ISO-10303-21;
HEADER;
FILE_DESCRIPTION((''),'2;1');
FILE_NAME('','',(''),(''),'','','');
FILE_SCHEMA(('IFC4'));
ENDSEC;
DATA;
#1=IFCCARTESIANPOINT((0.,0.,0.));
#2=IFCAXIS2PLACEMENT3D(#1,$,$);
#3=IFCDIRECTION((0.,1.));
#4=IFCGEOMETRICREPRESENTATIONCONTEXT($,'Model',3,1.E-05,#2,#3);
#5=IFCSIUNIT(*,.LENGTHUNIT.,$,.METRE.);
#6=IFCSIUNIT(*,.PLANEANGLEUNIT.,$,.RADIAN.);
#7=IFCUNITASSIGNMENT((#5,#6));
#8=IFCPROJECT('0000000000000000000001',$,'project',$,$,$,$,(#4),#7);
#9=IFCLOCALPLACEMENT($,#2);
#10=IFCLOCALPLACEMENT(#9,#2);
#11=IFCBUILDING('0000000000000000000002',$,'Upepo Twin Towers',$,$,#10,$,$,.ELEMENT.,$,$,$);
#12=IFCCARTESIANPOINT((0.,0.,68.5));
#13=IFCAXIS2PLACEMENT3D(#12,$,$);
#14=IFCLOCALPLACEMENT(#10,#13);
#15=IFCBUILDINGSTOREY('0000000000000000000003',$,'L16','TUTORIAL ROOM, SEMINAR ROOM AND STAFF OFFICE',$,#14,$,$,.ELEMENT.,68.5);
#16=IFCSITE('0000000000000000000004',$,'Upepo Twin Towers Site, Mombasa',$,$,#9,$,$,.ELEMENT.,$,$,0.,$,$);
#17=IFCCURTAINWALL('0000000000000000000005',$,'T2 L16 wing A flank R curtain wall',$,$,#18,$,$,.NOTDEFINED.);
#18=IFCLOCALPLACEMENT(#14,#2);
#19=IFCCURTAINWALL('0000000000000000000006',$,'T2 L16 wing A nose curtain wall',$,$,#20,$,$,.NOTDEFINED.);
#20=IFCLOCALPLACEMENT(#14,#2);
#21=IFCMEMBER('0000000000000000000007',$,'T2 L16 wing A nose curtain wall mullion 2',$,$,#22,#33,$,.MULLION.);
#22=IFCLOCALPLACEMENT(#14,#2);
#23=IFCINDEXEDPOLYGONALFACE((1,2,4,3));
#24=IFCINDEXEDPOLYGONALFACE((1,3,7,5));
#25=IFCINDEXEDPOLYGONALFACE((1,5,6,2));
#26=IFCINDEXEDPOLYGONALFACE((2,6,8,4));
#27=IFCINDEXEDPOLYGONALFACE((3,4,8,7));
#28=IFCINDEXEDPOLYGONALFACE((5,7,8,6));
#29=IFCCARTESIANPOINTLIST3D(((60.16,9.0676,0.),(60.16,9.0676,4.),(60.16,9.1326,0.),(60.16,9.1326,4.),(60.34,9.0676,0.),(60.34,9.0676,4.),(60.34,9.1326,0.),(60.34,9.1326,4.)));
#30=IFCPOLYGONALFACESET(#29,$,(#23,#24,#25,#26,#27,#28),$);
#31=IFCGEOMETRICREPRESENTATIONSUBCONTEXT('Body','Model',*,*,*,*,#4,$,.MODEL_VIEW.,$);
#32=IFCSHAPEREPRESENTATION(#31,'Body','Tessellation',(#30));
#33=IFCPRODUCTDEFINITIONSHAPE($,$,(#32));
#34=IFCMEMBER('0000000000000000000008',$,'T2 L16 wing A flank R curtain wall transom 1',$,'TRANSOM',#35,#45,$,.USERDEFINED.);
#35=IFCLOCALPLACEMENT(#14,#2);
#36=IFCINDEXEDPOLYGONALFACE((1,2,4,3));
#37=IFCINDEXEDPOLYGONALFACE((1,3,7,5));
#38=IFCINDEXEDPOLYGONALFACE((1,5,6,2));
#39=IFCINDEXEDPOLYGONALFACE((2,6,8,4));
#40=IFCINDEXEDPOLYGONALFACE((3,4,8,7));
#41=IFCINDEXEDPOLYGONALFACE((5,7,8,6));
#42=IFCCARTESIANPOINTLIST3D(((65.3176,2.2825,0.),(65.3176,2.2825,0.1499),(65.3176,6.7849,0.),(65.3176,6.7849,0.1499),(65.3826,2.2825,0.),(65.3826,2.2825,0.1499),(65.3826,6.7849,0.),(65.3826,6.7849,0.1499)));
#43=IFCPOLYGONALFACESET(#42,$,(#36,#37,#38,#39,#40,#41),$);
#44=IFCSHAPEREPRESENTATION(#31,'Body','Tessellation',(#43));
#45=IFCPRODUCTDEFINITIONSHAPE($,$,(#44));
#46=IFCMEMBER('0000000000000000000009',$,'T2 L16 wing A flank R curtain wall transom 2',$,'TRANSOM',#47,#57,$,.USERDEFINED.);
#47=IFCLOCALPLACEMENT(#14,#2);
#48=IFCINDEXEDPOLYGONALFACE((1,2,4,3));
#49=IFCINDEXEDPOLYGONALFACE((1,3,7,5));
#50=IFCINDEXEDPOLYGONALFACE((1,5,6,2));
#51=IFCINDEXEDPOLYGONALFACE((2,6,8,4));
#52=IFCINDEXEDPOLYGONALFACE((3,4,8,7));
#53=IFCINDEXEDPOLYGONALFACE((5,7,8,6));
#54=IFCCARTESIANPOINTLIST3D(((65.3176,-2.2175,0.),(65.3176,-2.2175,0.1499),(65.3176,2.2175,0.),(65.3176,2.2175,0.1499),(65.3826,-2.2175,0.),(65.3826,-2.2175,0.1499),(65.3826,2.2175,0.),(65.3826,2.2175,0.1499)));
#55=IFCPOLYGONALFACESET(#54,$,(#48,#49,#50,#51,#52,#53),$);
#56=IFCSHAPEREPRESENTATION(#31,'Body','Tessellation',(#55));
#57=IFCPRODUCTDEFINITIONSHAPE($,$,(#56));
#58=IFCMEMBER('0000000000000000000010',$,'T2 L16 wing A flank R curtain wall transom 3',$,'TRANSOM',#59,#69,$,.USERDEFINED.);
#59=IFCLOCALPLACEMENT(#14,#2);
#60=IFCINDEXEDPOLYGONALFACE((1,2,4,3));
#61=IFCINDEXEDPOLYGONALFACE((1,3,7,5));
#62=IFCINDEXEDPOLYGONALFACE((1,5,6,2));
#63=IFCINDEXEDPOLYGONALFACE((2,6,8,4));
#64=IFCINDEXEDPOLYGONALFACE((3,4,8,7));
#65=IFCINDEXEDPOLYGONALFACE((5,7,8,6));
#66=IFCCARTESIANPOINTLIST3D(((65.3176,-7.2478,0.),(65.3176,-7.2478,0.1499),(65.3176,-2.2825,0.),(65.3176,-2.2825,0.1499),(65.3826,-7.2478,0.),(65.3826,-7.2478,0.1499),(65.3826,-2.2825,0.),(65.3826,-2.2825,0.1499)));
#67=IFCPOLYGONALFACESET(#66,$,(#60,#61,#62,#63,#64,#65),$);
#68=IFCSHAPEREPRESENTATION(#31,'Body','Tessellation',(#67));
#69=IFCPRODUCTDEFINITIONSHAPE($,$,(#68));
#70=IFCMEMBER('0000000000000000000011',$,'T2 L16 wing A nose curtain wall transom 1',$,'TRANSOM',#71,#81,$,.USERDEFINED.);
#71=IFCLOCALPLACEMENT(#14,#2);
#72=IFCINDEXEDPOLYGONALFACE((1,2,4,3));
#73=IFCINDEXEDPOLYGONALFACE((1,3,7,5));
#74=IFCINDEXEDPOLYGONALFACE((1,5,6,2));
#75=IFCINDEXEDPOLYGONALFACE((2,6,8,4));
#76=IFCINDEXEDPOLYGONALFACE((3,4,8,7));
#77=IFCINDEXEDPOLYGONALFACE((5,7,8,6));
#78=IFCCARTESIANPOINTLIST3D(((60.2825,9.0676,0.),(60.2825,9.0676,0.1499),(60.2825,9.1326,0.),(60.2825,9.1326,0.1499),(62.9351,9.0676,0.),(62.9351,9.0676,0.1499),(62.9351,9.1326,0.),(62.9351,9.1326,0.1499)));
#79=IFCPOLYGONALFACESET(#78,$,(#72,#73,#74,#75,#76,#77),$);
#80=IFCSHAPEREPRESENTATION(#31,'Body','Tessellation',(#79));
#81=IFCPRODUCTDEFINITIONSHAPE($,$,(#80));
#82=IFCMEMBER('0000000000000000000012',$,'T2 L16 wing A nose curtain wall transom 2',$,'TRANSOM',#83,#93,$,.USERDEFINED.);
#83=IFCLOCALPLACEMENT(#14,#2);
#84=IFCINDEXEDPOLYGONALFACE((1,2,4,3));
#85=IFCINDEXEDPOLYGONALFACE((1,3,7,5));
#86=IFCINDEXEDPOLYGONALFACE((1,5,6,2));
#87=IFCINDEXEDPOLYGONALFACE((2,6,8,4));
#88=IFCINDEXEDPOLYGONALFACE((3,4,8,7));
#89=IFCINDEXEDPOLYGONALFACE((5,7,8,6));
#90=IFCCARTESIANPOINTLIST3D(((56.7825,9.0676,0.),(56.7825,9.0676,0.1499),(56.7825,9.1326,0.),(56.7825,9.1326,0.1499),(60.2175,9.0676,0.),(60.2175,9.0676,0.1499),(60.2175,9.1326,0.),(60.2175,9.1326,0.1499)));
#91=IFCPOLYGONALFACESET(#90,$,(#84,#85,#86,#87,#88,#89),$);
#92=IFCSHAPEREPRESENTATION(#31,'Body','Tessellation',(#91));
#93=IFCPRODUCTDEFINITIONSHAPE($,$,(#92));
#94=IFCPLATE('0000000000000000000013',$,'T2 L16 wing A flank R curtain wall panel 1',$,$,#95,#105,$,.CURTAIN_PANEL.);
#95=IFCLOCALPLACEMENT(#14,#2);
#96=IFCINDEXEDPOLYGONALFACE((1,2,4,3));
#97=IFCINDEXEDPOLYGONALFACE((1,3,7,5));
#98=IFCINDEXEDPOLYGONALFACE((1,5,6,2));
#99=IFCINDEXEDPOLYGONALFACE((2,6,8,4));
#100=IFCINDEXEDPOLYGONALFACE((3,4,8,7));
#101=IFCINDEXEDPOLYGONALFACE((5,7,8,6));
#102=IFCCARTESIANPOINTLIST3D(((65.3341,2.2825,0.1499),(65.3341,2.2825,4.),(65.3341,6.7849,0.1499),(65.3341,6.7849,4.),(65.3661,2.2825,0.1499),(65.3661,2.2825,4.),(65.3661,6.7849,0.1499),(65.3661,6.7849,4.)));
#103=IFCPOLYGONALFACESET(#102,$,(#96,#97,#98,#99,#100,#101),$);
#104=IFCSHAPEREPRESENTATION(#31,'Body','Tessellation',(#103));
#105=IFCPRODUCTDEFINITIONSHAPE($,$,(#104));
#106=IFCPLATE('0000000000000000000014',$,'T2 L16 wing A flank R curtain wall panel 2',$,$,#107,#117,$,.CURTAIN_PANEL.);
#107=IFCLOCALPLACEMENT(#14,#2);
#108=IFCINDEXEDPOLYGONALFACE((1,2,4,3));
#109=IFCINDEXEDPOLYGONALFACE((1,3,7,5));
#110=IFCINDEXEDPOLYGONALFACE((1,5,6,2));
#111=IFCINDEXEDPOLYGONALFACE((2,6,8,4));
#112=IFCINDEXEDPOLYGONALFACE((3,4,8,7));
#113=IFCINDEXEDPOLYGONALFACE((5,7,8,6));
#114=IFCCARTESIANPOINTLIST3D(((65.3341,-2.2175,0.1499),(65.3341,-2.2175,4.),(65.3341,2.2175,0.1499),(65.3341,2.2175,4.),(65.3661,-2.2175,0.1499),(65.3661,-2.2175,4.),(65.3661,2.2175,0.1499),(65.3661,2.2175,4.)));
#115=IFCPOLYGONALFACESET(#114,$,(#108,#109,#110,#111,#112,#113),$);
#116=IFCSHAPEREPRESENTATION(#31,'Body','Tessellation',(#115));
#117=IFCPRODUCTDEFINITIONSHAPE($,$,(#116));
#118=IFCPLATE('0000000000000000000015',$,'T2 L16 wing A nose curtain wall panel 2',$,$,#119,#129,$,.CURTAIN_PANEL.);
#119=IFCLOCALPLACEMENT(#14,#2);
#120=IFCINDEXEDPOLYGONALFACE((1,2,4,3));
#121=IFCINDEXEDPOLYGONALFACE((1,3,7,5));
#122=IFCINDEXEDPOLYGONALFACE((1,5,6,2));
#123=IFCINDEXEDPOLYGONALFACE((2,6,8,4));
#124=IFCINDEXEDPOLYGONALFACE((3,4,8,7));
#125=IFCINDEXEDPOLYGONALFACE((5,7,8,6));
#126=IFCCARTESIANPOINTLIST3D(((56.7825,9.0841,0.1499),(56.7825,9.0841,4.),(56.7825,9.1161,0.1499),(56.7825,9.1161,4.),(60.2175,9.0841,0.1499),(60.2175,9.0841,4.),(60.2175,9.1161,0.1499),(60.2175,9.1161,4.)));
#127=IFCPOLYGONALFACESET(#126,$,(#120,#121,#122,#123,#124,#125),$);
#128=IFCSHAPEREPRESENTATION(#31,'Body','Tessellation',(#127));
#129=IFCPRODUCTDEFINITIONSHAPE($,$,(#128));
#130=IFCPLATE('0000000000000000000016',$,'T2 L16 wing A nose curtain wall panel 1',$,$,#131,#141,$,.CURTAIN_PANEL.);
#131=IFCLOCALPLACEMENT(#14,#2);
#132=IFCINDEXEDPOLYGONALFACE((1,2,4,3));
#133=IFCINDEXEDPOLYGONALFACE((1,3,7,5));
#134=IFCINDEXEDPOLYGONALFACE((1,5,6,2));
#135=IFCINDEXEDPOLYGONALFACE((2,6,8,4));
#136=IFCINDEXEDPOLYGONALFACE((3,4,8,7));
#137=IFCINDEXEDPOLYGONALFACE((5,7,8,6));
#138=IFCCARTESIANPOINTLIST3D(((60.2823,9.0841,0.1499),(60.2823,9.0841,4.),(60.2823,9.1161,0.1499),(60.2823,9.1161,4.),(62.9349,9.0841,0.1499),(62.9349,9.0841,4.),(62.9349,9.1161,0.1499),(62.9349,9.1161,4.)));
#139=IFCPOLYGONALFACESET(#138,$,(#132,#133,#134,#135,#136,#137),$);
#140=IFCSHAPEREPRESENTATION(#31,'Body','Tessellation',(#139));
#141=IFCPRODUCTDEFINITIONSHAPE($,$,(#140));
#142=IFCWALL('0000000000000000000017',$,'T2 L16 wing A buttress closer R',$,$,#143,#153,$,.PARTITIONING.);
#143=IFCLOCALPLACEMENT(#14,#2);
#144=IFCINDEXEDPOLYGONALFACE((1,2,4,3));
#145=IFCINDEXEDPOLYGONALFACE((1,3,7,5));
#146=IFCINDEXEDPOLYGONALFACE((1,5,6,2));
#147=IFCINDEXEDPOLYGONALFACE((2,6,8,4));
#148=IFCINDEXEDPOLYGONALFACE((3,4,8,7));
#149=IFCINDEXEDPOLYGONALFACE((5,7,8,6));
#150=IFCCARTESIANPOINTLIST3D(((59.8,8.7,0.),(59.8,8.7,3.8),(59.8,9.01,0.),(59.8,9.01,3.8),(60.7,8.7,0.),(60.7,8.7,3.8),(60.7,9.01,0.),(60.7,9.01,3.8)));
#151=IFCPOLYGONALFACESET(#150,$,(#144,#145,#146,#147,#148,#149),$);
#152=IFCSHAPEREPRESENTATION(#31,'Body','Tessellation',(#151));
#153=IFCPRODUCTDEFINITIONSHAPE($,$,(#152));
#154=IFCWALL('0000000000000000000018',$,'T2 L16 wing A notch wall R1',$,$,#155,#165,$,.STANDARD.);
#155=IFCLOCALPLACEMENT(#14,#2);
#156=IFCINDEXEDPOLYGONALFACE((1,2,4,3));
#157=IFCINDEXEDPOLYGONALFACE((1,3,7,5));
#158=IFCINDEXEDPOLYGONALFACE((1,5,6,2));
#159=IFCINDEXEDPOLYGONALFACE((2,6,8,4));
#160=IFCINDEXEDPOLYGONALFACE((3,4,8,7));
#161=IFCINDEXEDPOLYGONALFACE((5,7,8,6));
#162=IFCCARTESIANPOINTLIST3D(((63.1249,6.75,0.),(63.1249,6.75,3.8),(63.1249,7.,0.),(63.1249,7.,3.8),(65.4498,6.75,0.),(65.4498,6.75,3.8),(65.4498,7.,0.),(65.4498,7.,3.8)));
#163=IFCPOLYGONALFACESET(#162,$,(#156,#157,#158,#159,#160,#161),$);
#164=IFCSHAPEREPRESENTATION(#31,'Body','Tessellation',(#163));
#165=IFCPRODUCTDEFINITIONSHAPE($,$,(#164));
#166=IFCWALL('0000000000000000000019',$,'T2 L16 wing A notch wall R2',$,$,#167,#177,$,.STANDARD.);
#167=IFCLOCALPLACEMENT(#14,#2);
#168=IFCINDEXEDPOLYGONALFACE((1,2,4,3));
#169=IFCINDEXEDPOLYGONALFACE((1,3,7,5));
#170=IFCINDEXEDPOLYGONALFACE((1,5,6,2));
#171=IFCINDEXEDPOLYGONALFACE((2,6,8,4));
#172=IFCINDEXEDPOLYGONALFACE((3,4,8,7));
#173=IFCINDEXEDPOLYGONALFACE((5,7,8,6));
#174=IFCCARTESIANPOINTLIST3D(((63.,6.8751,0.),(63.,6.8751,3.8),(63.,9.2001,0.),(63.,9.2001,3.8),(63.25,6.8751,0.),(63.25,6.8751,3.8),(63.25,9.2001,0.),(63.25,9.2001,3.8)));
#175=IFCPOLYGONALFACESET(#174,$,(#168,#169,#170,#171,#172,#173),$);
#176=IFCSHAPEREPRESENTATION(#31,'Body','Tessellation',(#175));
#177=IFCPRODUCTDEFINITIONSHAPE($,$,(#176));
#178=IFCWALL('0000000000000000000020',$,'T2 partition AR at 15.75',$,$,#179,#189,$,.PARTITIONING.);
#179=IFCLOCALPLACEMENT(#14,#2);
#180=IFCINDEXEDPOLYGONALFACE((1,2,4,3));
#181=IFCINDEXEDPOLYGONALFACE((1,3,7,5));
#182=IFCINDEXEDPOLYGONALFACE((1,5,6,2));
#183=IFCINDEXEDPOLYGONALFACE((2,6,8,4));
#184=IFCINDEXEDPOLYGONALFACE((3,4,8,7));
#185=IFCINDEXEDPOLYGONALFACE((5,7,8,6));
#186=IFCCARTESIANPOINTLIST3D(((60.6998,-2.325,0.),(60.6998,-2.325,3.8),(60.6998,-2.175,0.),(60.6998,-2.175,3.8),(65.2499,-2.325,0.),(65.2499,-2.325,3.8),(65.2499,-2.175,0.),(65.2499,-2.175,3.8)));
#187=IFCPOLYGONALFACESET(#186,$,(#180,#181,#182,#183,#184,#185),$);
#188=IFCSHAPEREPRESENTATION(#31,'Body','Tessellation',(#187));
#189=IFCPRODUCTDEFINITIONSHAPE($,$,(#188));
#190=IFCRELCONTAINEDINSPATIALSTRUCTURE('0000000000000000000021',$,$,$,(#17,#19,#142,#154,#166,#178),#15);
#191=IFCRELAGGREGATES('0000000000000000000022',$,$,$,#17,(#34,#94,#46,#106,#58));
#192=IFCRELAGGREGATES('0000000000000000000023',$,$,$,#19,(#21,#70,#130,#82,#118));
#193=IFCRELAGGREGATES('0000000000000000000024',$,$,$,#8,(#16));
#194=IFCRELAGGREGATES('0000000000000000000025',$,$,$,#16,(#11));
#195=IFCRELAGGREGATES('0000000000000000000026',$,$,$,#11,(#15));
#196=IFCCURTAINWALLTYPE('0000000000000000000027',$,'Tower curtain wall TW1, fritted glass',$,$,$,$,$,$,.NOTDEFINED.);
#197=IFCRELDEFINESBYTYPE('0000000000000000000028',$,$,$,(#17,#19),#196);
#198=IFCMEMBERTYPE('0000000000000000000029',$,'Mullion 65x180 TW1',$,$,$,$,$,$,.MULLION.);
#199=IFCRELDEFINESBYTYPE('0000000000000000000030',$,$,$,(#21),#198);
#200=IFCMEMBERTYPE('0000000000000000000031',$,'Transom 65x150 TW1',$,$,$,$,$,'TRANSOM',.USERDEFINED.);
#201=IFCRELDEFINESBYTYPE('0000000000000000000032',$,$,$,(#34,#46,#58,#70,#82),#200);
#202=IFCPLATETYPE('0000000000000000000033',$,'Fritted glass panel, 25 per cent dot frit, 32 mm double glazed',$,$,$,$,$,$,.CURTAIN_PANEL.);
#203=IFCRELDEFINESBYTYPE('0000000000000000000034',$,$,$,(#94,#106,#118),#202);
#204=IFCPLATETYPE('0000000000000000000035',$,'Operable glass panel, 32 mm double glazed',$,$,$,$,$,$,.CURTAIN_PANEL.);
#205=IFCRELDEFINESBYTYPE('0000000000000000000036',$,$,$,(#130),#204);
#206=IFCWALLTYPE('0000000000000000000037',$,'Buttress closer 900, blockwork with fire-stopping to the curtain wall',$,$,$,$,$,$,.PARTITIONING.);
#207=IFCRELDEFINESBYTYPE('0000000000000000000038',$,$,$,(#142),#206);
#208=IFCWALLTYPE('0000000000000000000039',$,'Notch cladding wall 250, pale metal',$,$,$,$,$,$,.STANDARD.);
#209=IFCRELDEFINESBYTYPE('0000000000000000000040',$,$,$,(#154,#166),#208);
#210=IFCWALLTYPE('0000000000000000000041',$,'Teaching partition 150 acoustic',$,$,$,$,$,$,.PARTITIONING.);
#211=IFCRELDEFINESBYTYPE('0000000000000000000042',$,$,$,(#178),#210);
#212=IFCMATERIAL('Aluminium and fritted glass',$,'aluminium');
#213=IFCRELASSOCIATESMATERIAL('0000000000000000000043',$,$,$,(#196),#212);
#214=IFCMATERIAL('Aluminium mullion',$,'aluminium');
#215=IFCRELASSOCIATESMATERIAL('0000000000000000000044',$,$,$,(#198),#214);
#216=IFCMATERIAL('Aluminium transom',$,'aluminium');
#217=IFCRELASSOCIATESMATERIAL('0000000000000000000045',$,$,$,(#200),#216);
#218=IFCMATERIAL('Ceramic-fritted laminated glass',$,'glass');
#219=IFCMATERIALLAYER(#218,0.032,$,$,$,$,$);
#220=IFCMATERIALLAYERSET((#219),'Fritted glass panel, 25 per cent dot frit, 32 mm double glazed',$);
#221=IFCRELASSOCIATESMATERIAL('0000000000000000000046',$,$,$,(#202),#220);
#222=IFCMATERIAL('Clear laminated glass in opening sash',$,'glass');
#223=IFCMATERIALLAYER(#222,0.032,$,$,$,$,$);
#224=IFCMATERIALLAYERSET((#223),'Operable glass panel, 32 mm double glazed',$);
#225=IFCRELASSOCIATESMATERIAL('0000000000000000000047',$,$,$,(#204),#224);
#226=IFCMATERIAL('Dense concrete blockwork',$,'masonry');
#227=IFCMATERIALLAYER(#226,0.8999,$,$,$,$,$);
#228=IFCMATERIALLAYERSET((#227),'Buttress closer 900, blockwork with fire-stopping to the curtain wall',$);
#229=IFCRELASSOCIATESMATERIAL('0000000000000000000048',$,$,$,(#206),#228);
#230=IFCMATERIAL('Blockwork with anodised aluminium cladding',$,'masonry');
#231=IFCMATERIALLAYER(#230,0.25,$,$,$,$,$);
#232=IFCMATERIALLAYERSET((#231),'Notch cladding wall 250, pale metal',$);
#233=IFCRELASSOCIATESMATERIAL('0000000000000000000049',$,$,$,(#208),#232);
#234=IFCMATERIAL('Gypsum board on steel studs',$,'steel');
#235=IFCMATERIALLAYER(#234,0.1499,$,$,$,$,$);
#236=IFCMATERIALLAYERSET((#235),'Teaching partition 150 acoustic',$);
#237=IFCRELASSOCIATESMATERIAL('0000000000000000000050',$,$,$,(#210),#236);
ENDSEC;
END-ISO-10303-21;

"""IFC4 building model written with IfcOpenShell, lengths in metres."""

from ifc_helpers import new_model, si_unit, direction, frame, frame_2d, origin, origin_2d, place, context, subcontext, project, spatial, rectangle, extrude, material, layer, layer_set, material_profile, profile_set, type_object, element, aggregate, save


model = new_model("IFC4")

# Units and contexts
model_context = context("Model", 3, precision=1e-05, world=origin(), true_north=direction((0.0, 1.0)))
body_context = subcontext(model_context, "Body", "Model", "MODEL_VIEW")
ifc_project = project(units=[si_unit("LENGTHUNIT", "METRE"), si_unit("PLANEANGLEUNIT", "RADIAN")], contexts=[model_context])

# Site, building, storey
site_placement = place(None, origin())
site = spatial("IfcSite", under=ifc_project, at=site_placement, Name="Upepo Twin Towers Site, Mombasa", CompositionType="ELEMENT", RefElevation=0.0)
building_placement = place(site_placement, origin())
building = spatial("IfcBuilding", under=site, at=building_placement, Name="Upepo Twin Towers", CompositionType="ELEMENT")
storey_placement = place(building_placement, frame((0.0, 0.0, 68.5)))
storey = spatial("IfcBuildingStorey", under=building, at=storey_placement, Name="L16", Description="TUTORIAL ROOM, SEMINAR ROOM AND STAFF OFFICE", CompositionType="ELEMENT", Elevation=68.5)

# Curtain walls, member
ifc_material_1 = material(Name="Aluminium and fritted glass", Category="aluminium")
curtain_wall_type = type_object("IfcCurtainWallType", Name="Tower curtain wall TW1, fritted glass", PredefinedType="NOTDEFINED", material=ifc_material_1)
curtain_wall_1_placement = place(storey_placement, origin())
curtain_wall_1 = element("IfcCurtainWall", 1, at=curtain_wall_1_placement, inside=storey, type_object=curtain_wall_type, Name="T2 L16 wing A flank R curtain wall", PredefinedType="NOTDEFINED")
ifc_material_2 = material(Name="Aluminium mullion", Category="aluminium")
ifc_material_profile_1 = material_profile(ifc_material_2, rectangle(XDim=0.0649, YDim=0.1799, at=origin_2d()), Name="MULLION 65x180")
ifc_profile_set_1 = profile_set([ifc_material_profile_1], Name="Aluminium mullion")
member_type_1 = type_object("IfcMemberType", Name="Mullion 65x180 TW1", PredefinedType="MULLION", material=ifc_profile_set_1)
curtain_wall_2_placement = place(storey_placement, origin())
curtain_wall_2 = element("IfcCurtainWall", 2, at=curtain_wall_2_placement, inside=storey, type_object=curtain_wall_type, Name="T2 L16 wing A nose curtain wall", PredefinedType="NOTDEFINED")
member_1_placement = place(storey_placement, frame((60.25, 9.1001, 0.0), z_axis=(0.0, 0.0, 1.0), x_axis=(0.0, -1.0, 0.0)))
member_1 = element("IfcMember", 3, at=member_1_placement, type_object=member_type_1, Name="T2 L16 wing A nose curtain wall mullion 2", PredefinedType="MULLION", context=body_context, shape_type="SweptSolid", body=[
    extrude(rectangle(XDim=0.0649, YDim=0.1799, at=origin_2d()), origin(), (0.0, 0.0, 1.0), 4.0),
])

# Members
ifc_material_3 = material(Name="Aluminium transom", Category="aluminium")
ifc_material_profile_2 = material_profile(ifc_material_3, rectangle(XDim=0.0649, YDim=0.1499, at=origin_2d()), Name="TRANSOM 65x150")
ifc_profile_set_2 = profile_set([ifc_material_profile_2], Name="Aluminium transom")
member_type_2 = type_object("IfcMemberType", Name="Transom 65x150 TW1", ElementType="TRANSOM", PredefinedType="USERDEFINED", material=ifc_profile_set_2)
member_2_placement = place(storey_placement, frame((65.3501, 6.7849, 0.075), z_axis=(0.0, -1.0, 0.0), x_axis=(1.0, 0.0, 0.0)))
member_2 = element("IfcMember", 4, at=member_2_placement, type_object=member_type_2, Name="T2 L16 wing A flank R curtain wall transom 1", ObjectType="TRANSOM", PredefinedType="USERDEFINED", context=body_context, shape_type="SweptSolid", body=[
    extrude(rectangle(XDim=0.0649, YDim=0.1499, at=origin_2d()), origin(), (0.0, 0.0, 1.0), 4.5024),
])
member_3_placement = place(storey_placement, frame((65.3501, 2.2175, 0.075), z_axis=(0.0, -1.0, 0.0), x_axis=(1.0, 0.0, 0.0)))
member_3 = element("IfcMember", 5, at=member_3_placement, type_object=member_type_2, Name="T2 L16 wing A flank R curtain wall transom 2", ObjectType="TRANSOM", PredefinedType="USERDEFINED", context=body_context, shape_type="SweptSolid", body=[
    extrude(rectangle(XDim=0.0649, YDim=0.1499, at=origin_2d()), origin(), (0.0, 0.0, 1.0), 4.4351),
])
member_4_placement = place(storey_placement, frame((65.3501, -2.2825, 0.075), z_axis=(0.0, -1.0, 0.0), x_axis=(1.0, 0.0, 0.0)))
member_4 = element("IfcMember", 6, at=member_4_placement, type_object=member_type_2, Name="T2 L16 wing A flank R curtain wall transom 3", ObjectType="TRANSOM", PredefinedType="USERDEFINED", context=body_context, shape_type="SweptSolid", body=[
    extrude(rectangle(XDim=0.0649, YDim=0.1499, at=origin_2d()), origin(), (0.0, 0.0, 1.0), 4.9653),
])
member_5_placement = place(storey_placement, frame((62.9351, 9.1001, 0.075), z_axis=(-1.0, 0.0, 0.0), x_axis=(0.0, -1.0, 0.0)))
member_5 = element("IfcMember", 7, at=member_5_placement, type_object=member_type_2, Name="T2 L16 wing A nose curtain wall transom 1", ObjectType="TRANSOM", PredefinedType="USERDEFINED", context=body_context, shape_type="SweptSolid", body=[
    extrude(rectangle(XDim=0.0649, YDim=0.1499, at=origin_2d()), origin(), (0.0, 0.0, 1.0), 2.6526),
])
member_6_placement = place(storey_placement, frame((60.2175, 9.1001, 0.075), z_axis=(-1.0, 0.0, 0.0), x_axis=(0.0, -1.0, 0.0)))
member_6 = element("IfcMember", 8, at=member_6_placement, type_object=member_type_2, Name="T2 L16 wing A nose curtain wall transom 2", ObjectType="TRANSOM", PredefinedType="USERDEFINED", context=body_context, shape_type="SweptSolid", body=[
    extrude(rectangle(XDim=0.0649, YDim=0.1499, at=origin_2d()), origin(), (0.0, 0.0, 1.0), 3.4351),
])

# Plates
ifc_material_4 = material(Name="Ceramic-fritted laminated glass", Category="glass")
ifc_layer_1 = layer(ifc_material_4, 0.032)
ifc_layer_set_1 = layer_set([ifc_layer_1], Name="Fritted glass panel, 25 per cent dot frit, 32 mm double glazed")
plate_type_1 = type_object("IfcPlateType", Name="Fritted glass panel, 25 per cent dot frit, 32 mm double glazed", PredefinedType="CURTAIN_PANEL", material=ifc_layer_set_1)
plate_1_placement = place(storey_placement, frame((65.3501, 4.5337, 0.1499), z_axis=(0.0, 0.0, 1.0), x_axis=(0.0, -1.0, 0.0)))
plate_1 = element("IfcPlate", 9, at=plate_1_placement, type_object=plate_type_1, Name="T2 L16 wing A flank R curtain wall panel 1", PredefinedType="CURTAIN_PANEL", context=body_context, shape_type="SweptSolid", body=[
    extrude(rectangle(XDim=4.5024, YDim=0.032, at=origin_2d()), origin(), (0.0, 0.0, 1.0), 3.8501),
])
plate_2_placement = place(storey_placement, frame((65.3501, 0.0, 0.1499), z_axis=(0.0, 0.0, 1.0), x_axis=(0.0, -1.0, 0.0)))
plate_2 = element("IfcPlate", 10, at=plate_2_placement, type_object=plate_type_1, Name="T2 L16 wing A flank R curtain wall panel 2", PredefinedType="CURTAIN_PANEL", context=body_context, shape_type="SweptSolid", body=[
    extrude(rectangle(XDim=4.4351, YDim=0.032, at=origin_2d()), origin(), (0.0, 0.0, 1.0), 3.8501),
])
aggregate(curtain_wall_1, [member_2, plate_1, member_3, plate_2, member_4])
plate_3_placement = place(storey_placement, frame((58.5, 9.1001, 0.1499), z_axis=(0.0, 0.0, 1.0), x_axis=(-1.0, 0.0, 0.0)))
plate_3 = element("IfcPlate", 11, at=plate_3_placement, type_object=plate_type_1, Name="T2 L16 wing A nose curtain wall panel 2", PredefinedType="CURTAIN_PANEL", context=body_context, shape_type="SweptSolid", body=[
    extrude(rectangle(XDim=3.4351, YDim=0.032, at=origin_2d()), origin(), (0.0, 0.0, 1.0), 3.8501),
])
ifc_material_5 = material(Name="Clear laminated glass in opening sash", Category="glass")
ifc_layer_2 = layer(ifc_material_5, 0.032)
ifc_layer_set_2 = layer_set([ifc_layer_2], Name="Operable glass panel, 32 mm double glazed")
plate_type_2 = type_object("IfcPlateType", Name="Operable glass panel, 32 mm double glazed", PredefinedType="CURTAIN_PANEL", material=ifc_layer_set_2)
plate_4_placement = place(storey_placement, frame((61.6086, 9.1001, 0.1499), z_axis=(0.0, 0.0, 1.0), x_axis=(-1.0, 0.0, 0.0)))
plate_4 = element("IfcPlate", 12, at=plate_4_placement, type_object=plate_type_2, Name="T2 L16 wing A nose curtain wall panel 1", PredefinedType="CURTAIN_PANEL", context=body_context, shape_type="SweptSolid", body=[
    extrude(rectangle(XDim=2.6526, YDim=0.032, at=origin_2d()), origin(), (0.0, 0.0, 1.0), 3.8501),
])
aggregate(curtain_wall_2, [member_1, member_5, plate_4, member_6, plate_3])

# Walls
ifc_material_6 = material(Name="Dense concrete blockwork", Category="masonry")
ifc_layer_3 = layer(ifc_material_6, 0.8999)
ifc_layer_set_3 = layer_set([ifc_layer_3], Name="Buttress closer 900, blockwork with fire-stopping to the curtain wall")
wall_type_1 = type_object("IfcWallType", Name="Buttress closer 900, blockwork with fire-stopping to the curtain wall", PredefinedType="PARTITIONING", material=ifc_layer_set_3)
wall_1_placement = place(storey_placement, frame((60.25, 8.7, 0.0), z_axis=(0.0, 0.0, 1.0), x_axis=(0.0, 1.0, 0.0)))
element("IfcWall", 13, at=wall_1_placement, inside=storey, type_object=wall_type_1, Name="T2 L16 wing A buttress closer R", PredefinedType="PARTITIONING", context=body_context, shape_type="SweptSolid", body=[
    extrude(rectangle(XDim=0.3101, YDim=0.8999, at=frame_2d((0.155, 0.0))), origin(), (0.0, 0.0, 1.0), 3.8),
])
ifc_material_7 = material(Name="Blockwork with anodised aluminium cladding", Category="masonry")
ifc_layer_4 = layer(ifc_material_7, 0.25)
ifc_layer_set_4 = layer_set([ifc_layer_4], Name="Notch cladding wall 250, pale metal")
wall_type_2 = type_object("IfcWallType", Name="Notch cladding wall 250, pale metal", PredefinedType="STANDARD", material=ifc_layer_set_4)
for number, where, z_axis, x_axis, name in (
    (14, (65.45, 6.875, 0.0), (0.0, 0.0, 1.0), (-1.0, 0.0, 0.0), "T2 L16 wing A notch wall R1"),
    (15, (63.125, 6.875, 0.0), (0.0, 0.0, 1.0), (0.0, 1.0, 0.0), "T2 L16 wing A notch wall R2"),
):
    element("IfcWall", number, at=place(storey_placement, frame(where, z_axis=z_axis, x_axis=x_axis)), inside=storey, type_object=wall_type_2, Name=name, PredefinedType="STANDARD", context=body_context, shape_type="SweptSolid", body=[
        extrude(rectangle(XDim=2.325, YDim=0.25, at=frame_2d((1.1626, 0.0))), origin(), (0.0, 0.0, 1.0), 3.8),
    ])
ifc_material_8 = material(Name="Gypsum board on steel studs", Category="steel")
ifc_layer_5 = layer(ifc_material_8, 0.1499)
ifc_layer_set_5 = layer_set([ifc_layer_5], Name="Teaching partition 150 acoustic")
wall_type_3 = type_object("IfcWallType", Name="Teaching partition 150 acoustic", PredefinedType="PARTITIONING", material=ifc_layer_set_5)
for number, where, z_axis, x_axis, name in (
    (16, (60.7, -2.25, 0.0), (0.0, 0.0, 1.0), (1.0, 0.0, 0.0), "T2 partition AR at 15.75"),
):
    element("IfcWall", number, at=place(storey_placement, frame(where, z_axis=z_axis, x_axis=x_axis)), inside=storey, type_object=wall_type_3, Name=name, PredefinedType="PARTITIONING", context=body_context, shape_type="SweptSolid", body=[
        extrude(rectangle(XDim=4.55, YDim=0.1499, at=frame_2d((2.2749, 0.0))), origin(), (0.0, 0.0, 1.0), 3.8),
    ])

save(model, "model.ifc")
